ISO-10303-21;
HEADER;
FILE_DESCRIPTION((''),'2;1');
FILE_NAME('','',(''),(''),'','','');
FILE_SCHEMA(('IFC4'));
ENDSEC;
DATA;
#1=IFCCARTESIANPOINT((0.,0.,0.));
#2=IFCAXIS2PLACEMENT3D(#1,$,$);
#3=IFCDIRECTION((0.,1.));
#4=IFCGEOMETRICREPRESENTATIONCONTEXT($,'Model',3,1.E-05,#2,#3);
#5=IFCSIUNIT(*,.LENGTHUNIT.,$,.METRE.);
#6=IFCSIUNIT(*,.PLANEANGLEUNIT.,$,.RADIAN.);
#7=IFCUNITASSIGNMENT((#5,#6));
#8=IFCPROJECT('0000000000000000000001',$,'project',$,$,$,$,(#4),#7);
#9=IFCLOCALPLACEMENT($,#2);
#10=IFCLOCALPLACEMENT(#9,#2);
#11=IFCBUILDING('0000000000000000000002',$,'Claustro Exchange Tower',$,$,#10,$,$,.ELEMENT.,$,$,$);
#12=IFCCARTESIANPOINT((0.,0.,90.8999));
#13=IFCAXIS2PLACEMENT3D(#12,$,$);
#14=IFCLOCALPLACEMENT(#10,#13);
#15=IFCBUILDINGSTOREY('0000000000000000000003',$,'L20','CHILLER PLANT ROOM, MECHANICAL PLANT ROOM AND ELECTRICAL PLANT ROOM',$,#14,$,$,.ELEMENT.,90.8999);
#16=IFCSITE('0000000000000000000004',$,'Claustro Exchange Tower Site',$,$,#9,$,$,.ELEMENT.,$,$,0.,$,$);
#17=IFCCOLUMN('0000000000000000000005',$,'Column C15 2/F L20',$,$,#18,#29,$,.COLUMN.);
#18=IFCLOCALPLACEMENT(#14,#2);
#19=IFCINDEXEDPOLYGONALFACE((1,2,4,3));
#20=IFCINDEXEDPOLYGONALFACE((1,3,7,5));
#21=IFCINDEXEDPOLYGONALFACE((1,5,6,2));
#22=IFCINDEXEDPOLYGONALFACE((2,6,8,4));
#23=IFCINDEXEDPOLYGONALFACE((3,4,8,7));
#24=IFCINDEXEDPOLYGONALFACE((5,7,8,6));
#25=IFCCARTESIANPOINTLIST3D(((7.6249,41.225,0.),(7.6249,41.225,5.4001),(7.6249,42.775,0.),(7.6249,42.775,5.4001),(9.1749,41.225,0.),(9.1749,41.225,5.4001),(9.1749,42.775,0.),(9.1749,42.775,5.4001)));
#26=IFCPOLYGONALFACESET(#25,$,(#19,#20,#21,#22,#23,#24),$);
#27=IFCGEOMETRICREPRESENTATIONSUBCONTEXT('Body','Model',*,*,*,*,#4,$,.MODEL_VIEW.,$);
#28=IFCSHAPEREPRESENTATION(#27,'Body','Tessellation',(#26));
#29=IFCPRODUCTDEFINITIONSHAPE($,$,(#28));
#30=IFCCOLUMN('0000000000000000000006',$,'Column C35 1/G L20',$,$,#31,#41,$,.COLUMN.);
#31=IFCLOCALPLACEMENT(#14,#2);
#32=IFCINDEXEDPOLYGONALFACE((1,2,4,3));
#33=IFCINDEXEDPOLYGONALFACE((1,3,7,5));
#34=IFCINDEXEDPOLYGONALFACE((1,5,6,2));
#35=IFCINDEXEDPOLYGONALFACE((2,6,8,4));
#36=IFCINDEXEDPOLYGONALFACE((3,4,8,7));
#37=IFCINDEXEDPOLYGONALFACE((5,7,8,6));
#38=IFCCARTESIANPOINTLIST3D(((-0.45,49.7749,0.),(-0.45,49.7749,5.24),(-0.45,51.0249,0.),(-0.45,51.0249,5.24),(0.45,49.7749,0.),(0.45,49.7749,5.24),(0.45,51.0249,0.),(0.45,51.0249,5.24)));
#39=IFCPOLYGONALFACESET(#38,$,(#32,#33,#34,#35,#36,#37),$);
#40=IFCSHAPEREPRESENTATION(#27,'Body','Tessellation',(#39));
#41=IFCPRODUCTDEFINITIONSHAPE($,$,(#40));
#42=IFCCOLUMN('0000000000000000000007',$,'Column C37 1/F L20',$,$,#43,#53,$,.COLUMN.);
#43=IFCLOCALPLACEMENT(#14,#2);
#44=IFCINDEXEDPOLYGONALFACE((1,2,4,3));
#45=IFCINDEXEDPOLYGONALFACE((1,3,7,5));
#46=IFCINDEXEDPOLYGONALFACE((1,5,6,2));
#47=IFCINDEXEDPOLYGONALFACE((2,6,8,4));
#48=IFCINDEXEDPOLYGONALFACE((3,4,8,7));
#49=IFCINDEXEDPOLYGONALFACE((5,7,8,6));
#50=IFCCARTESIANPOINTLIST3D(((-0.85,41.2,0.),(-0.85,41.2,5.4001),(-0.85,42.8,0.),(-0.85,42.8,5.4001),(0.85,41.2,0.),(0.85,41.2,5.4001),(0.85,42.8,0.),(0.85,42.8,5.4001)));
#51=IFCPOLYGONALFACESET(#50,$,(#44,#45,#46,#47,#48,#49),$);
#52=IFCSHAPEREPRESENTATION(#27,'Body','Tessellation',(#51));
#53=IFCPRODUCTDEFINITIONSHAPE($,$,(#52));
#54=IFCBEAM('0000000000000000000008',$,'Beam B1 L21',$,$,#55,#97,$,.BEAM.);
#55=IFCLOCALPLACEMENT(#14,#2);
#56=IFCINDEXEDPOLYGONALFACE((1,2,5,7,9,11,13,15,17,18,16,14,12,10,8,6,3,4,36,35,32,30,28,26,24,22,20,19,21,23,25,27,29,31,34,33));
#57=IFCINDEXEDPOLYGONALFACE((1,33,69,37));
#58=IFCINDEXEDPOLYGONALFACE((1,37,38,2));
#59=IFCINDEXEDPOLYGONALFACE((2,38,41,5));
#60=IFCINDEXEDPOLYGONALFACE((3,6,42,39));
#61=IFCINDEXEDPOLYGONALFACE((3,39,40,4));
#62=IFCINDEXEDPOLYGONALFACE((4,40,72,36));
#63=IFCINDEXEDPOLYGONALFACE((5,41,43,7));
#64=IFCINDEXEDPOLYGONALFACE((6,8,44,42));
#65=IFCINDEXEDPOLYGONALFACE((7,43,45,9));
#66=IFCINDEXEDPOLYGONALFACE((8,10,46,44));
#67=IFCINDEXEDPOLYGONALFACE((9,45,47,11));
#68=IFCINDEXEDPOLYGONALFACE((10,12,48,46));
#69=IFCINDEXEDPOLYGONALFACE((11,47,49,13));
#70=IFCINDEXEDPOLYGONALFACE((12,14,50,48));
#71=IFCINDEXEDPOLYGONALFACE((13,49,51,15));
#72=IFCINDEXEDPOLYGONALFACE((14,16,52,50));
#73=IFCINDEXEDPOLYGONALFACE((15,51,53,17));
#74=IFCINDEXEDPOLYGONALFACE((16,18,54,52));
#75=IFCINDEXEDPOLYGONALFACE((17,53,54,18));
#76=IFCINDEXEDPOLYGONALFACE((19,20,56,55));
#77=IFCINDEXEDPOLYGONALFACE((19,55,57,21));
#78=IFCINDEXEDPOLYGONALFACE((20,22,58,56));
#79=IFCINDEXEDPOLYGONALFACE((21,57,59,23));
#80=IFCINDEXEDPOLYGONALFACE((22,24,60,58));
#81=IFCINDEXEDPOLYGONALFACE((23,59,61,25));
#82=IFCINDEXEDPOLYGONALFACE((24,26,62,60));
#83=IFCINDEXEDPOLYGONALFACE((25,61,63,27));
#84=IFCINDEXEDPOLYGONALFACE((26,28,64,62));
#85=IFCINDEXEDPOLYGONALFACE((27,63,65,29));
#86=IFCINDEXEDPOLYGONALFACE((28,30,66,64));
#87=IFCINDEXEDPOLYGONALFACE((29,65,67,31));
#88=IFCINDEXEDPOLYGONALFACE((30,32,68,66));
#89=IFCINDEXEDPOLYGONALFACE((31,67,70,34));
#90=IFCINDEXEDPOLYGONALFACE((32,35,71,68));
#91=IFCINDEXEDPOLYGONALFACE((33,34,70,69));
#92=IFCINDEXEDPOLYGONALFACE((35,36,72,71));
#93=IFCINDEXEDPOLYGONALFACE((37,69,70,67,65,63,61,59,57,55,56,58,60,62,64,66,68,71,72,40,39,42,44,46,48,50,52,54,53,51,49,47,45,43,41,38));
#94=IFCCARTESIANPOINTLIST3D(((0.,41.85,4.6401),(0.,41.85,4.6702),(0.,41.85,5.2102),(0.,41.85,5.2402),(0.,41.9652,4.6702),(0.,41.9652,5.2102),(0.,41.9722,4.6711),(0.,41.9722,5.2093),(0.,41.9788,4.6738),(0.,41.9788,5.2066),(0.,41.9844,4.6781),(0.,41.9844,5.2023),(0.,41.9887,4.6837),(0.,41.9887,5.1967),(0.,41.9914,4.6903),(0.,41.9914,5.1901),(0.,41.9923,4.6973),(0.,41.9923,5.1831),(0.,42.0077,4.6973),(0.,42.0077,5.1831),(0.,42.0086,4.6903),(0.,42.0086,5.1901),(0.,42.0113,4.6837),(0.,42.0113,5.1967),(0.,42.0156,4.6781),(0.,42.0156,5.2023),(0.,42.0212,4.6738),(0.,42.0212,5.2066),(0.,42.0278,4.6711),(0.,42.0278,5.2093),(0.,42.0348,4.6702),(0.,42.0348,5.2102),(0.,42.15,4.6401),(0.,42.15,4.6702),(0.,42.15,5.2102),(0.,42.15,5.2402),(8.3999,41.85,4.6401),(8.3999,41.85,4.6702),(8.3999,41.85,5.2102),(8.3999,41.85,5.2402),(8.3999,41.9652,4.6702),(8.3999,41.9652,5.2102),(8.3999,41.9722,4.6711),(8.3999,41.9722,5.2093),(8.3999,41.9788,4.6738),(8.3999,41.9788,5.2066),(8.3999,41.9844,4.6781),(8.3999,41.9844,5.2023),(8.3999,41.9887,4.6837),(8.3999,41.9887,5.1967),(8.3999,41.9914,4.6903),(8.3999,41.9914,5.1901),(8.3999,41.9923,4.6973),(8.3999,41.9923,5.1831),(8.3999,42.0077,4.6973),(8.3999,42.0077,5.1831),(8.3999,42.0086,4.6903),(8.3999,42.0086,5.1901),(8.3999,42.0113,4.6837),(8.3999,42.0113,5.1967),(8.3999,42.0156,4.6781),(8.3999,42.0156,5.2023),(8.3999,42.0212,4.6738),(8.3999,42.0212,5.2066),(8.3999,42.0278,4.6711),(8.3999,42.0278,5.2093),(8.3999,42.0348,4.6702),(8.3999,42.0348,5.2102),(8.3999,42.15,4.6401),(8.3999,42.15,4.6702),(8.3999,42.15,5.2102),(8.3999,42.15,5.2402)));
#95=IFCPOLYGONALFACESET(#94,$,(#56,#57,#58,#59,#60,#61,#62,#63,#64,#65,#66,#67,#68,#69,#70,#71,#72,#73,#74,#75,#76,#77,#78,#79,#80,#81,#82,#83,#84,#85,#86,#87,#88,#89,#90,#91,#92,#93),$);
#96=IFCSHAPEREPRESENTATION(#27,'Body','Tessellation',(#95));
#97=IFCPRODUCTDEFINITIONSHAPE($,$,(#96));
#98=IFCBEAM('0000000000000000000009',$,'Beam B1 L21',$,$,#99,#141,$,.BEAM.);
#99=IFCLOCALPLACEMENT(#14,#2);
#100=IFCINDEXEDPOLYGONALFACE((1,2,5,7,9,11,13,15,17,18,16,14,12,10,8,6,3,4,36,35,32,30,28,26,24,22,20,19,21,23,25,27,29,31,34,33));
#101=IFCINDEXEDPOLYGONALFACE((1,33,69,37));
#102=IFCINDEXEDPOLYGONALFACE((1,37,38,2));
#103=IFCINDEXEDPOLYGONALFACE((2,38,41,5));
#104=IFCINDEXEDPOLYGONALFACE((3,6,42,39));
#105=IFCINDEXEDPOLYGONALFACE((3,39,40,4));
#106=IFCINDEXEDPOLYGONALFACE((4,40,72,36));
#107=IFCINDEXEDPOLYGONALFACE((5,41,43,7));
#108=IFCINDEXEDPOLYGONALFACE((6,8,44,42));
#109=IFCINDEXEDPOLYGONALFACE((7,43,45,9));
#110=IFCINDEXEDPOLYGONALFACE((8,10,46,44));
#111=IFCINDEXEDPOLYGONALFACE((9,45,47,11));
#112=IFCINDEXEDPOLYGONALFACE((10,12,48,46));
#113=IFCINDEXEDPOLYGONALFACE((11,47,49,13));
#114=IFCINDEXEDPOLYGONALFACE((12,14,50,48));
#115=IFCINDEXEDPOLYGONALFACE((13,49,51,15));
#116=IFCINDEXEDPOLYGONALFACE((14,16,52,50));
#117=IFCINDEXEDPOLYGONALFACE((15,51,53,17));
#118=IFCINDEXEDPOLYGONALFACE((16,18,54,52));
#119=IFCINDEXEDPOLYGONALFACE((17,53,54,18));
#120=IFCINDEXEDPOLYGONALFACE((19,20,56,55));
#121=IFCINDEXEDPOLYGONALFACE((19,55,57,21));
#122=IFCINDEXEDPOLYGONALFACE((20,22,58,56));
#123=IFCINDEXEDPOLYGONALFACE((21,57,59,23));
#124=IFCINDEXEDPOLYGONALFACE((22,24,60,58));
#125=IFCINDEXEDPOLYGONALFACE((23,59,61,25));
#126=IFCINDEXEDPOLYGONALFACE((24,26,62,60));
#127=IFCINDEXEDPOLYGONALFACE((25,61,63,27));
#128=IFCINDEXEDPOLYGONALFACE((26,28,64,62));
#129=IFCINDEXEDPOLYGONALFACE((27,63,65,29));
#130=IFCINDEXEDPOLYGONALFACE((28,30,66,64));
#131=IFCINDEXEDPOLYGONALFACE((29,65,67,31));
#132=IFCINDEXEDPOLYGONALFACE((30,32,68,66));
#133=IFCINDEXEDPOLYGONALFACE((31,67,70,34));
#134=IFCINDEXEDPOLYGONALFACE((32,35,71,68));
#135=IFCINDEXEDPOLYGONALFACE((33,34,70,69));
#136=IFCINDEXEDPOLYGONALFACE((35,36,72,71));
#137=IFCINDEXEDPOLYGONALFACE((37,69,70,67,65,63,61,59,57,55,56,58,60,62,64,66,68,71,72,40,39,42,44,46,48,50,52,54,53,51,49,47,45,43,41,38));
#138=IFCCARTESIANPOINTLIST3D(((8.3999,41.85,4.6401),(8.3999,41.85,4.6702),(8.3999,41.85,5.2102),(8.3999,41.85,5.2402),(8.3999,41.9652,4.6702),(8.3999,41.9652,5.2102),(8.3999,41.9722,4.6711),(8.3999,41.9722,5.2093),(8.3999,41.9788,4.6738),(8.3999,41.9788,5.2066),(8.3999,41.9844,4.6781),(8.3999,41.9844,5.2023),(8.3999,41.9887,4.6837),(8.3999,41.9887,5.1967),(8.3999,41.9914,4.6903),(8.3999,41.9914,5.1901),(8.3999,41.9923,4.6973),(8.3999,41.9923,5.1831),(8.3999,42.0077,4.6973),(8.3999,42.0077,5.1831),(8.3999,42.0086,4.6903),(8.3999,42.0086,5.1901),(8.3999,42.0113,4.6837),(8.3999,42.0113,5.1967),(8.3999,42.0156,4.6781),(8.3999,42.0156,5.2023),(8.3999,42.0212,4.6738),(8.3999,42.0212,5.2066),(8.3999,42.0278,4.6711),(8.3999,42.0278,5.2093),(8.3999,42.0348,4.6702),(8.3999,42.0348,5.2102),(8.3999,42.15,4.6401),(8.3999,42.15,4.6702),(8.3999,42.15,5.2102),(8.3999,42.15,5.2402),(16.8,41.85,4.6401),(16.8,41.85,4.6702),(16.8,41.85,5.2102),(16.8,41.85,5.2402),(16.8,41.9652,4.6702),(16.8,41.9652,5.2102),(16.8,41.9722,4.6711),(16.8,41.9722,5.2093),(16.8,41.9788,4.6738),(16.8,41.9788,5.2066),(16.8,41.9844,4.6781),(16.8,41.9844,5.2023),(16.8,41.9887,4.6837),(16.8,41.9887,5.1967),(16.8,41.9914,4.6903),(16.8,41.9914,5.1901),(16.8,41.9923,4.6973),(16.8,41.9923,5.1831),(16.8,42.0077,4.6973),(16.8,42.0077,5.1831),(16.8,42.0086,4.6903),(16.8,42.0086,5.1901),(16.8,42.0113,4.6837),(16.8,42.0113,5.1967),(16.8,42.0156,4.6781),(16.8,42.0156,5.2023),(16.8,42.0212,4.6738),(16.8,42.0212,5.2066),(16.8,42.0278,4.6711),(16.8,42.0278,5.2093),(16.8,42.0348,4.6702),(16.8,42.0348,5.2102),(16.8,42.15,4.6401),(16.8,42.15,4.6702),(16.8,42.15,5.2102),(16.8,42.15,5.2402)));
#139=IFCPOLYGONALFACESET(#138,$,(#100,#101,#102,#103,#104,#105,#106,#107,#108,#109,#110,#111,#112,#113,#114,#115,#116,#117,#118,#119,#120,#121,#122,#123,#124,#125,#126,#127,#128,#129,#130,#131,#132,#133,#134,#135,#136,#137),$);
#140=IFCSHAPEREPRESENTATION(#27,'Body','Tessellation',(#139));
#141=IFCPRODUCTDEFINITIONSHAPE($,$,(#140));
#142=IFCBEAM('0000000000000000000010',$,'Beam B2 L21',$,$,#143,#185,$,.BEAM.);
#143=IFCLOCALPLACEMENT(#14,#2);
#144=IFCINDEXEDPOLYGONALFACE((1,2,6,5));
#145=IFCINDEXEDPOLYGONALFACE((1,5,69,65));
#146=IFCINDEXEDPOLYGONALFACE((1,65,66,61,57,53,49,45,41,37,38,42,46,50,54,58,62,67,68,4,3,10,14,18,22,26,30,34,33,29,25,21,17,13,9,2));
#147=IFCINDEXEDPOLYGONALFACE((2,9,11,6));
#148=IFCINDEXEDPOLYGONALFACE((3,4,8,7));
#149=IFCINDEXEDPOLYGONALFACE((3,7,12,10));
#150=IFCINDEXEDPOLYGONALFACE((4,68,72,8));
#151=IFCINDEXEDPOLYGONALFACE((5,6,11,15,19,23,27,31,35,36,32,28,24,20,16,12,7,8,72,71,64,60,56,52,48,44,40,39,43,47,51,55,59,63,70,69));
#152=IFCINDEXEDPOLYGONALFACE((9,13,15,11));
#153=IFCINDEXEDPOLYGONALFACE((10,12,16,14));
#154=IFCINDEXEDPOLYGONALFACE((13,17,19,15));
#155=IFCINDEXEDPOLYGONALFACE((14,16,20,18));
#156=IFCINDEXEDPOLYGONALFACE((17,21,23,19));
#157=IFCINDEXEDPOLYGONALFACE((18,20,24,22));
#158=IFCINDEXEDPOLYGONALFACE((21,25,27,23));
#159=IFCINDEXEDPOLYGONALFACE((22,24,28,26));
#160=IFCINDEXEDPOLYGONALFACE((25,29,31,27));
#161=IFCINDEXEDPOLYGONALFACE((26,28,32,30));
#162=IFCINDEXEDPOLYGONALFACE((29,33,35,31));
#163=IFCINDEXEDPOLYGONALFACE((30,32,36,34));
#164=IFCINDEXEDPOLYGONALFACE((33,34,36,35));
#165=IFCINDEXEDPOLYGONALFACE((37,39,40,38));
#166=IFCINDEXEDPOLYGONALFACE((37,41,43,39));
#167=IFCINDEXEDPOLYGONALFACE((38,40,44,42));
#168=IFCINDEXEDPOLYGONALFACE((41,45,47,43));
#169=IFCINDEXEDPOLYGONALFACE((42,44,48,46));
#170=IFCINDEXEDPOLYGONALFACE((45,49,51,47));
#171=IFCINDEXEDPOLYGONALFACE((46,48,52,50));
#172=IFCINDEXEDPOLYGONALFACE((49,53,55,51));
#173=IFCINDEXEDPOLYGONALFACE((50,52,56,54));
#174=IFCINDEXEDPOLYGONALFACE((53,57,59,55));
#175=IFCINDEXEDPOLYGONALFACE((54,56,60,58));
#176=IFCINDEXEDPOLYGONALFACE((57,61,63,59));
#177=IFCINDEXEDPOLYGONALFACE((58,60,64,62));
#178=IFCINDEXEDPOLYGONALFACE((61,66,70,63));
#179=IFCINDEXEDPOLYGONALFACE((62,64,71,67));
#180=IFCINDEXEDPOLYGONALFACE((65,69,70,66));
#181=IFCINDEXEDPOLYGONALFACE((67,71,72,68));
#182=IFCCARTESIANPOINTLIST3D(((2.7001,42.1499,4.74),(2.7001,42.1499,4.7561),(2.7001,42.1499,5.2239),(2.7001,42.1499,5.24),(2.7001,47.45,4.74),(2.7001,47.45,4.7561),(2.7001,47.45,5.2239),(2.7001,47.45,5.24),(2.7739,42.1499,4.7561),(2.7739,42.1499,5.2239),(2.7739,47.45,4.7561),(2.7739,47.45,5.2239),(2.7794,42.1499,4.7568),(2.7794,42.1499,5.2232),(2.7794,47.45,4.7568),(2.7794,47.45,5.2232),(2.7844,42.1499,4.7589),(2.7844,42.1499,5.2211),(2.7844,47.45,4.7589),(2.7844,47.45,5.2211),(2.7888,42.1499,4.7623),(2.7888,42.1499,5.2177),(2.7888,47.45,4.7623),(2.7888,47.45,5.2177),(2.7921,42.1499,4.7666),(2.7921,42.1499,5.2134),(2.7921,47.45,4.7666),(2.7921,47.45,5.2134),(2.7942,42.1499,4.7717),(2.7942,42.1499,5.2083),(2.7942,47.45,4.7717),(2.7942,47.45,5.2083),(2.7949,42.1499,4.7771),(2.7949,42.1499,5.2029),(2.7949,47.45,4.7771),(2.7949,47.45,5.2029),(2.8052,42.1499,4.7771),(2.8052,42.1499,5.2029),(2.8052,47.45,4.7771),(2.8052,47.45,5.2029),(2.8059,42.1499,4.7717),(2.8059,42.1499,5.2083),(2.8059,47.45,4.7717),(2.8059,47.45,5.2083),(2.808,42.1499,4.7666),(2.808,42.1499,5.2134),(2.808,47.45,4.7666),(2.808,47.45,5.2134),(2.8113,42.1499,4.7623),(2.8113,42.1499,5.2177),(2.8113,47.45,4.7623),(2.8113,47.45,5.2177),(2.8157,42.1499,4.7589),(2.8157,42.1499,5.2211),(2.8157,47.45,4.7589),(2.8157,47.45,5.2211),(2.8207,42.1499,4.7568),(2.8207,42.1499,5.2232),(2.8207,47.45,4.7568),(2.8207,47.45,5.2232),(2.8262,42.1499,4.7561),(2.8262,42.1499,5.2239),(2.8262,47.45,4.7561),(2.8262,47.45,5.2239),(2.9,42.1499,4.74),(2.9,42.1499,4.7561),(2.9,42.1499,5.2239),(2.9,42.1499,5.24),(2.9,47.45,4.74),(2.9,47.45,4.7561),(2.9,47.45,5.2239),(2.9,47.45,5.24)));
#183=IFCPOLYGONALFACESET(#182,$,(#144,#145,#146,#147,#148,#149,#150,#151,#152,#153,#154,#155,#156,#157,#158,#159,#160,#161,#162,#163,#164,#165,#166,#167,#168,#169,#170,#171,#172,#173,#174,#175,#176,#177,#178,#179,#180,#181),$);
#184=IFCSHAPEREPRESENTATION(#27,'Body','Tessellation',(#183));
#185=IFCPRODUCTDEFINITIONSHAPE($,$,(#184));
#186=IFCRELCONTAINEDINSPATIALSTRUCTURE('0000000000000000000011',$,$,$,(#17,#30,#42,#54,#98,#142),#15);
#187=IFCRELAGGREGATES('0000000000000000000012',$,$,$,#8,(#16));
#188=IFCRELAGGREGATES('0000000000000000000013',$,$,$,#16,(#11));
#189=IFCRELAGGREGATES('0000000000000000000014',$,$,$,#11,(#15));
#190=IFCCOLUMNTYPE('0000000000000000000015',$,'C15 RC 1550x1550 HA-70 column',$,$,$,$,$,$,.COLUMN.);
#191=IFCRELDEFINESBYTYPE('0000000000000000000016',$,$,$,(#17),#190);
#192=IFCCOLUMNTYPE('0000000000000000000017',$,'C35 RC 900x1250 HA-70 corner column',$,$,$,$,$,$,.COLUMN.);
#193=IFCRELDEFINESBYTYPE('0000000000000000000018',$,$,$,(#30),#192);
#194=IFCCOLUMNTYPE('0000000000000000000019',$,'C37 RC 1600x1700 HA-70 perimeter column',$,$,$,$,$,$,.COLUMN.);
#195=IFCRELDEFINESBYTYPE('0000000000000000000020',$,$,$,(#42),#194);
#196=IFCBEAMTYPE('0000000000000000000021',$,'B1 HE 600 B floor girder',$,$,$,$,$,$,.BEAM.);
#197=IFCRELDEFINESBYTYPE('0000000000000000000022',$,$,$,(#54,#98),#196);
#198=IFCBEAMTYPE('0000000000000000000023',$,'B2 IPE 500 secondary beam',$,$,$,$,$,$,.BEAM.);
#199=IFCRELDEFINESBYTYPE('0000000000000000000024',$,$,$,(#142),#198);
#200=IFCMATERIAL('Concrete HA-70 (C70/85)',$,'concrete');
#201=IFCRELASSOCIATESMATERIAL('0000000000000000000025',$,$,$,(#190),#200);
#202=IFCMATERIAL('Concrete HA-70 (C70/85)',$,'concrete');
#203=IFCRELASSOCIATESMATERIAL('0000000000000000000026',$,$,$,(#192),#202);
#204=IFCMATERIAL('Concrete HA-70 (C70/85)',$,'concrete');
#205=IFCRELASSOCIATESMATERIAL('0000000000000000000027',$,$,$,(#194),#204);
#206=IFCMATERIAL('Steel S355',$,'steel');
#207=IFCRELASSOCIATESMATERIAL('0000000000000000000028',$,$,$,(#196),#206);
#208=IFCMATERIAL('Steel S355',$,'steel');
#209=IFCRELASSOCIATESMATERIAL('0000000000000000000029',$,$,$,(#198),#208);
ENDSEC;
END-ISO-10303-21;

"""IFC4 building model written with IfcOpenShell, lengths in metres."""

from ifc_helpers import new_model, si_unit, direction, frame, origin, origin_2d, place, context, subcontext, project, spatial, rectangle, i_section, extrude, material, material_profile, profile_set, type_object, element, save


model = new_model("IFC4")

# Units and contexts
model_context = context("Model", 3, precision=1e-05, world=origin(), true_north=direction((0.0, 1.0)))
body_context = subcontext(model_context, "Body", "Model", "MODEL_VIEW")
ifc_project = project(units=[si_unit("LENGTHUNIT", "METRE"), si_unit("PLANEANGLEUNIT", "RADIAN")], contexts=[model_context])

# Site, building, storey
site_placement = place(None, origin())
site = spatial("IfcSite", under=ifc_project, at=site_placement, Name="Claustro Exchange Tower Site", CompositionType="ELEMENT", RefElevation=0.0)
building_placement = place(site_placement, origin())
building = spatial("IfcBuilding", under=site, at=building_placement, Name="Claustro Exchange Tower", CompositionType="ELEMENT")
storey_placement = place(building_placement, frame((0.0, 0.0, 90.8999)))
storey = spatial("IfcBuildingStorey", under=building, at=storey_placement, Name="L20", Description="CHILLER PLANT ROOM, MECHANICAL PLANT ROOM AND ELECTRICAL PLANT ROOM", CompositionType="ELEMENT", Elevation=90.8999)

# Columns
ifc_material_1 = material(Name="Concrete HA-70 (C70/85)", Category="concrete")
ifc_material_profile_1 = material_profile(ifc_material_1, rectangle(XDim=1.55, YDim=1.55, at=origin_2d()), Name="RC 1550x1550")
ifc_profile_set_1 = profile_set([ifc_material_profile_1], Name="Concrete HA-70 (C70/85)")
column_type_1 = type_object("IfcColumnType", Name="C15 RC 1550x1550 HA-70 column", PredefinedType="COLUMN", material=ifc_profile_set_1)
column_1_placement = place(storey_placement, frame((8.3999, 42.0, 0.0), z_axis=(0.0, 0.0, 1.0), x_axis=(1.0, 0.0, 0.0)))
element("IfcColumn", 1, at=column_1_placement, inside=storey, type_object=column_type_1, Name="Column C15 2/F L20", PredefinedType="COLUMN", context=body_context, shape_type="SweptSolid", body=[
    extrude(rectangle(XDim=1.55, YDim=1.55, at=origin_2d()), origin(), (0.0, 0.0, 1.0), 5.4001),
])
ifc_material_2 = material(Name="Concrete HA-70 (C70/85)", Category="concrete")
ifc_material_profile_2 = material_profile(ifc_material_2, rectangle(XDim=0.8999, YDim=1.25, at=origin_2d()), Name="RC 900x1250")
ifc_profile_set_2 = profile_set([ifc_material_profile_2], Name="Concrete HA-70 (C70/85)")
column_type_2 = type_object("IfcColumnType", Name="C35 RC 900x1250 HA-70 corner column", PredefinedType="COLUMN", material=ifc_profile_set_2)
column_2_placement = place(storey_placement, frame((0.0, 50.3999, 0.0), z_axis=(0.0, 0.0, 1.0), x_axis=(1.0, 0.0, 0.0)))
element("IfcColumn", 2, at=column_2_placement, inside=storey, type_object=column_type_2, Name="Column C35 1/G L20", PredefinedType="COLUMN", context=body_context, shape_type="SweptSolid", body=[
    extrude(rectangle(XDim=0.8999, YDim=1.25, at=origin_2d()), origin(), (0.0, 0.0, 1.0), 5.24),
])
ifc_material_3 = material(Name="Concrete HA-70 (C70/85)", Category="concrete")
ifc_material_profile_3 = material_profile(ifc_material_3, rectangle(XDim=1.6001, YDim=1.7, at=origin_2d()), Name="RC 1600x1700")
ifc_profile_set_3 = profile_set([ifc_material_profile_3], Name="Concrete HA-70 (C70/85)")
column_type_3 = type_object("IfcColumnType", Name="C37 RC 1600x1700 HA-70 perimeter column", PredefinedType="COLUMN", material=ifc_profile_set_3)
column_3_placement = place(storey_placement, frame((0.0, 42.0, 0.0), z_axis=(0.0, 0.0, 1.0), x_axis=(0.0, 1.0, 0.0)))
element("IfcColumn", 3, at=column_3_placement, inside=storey, type_object=column_type_3, Name="Column C37 1/F L20", PredefinedType="COLUMN", context=body_context, shape_type="SweptSolid", body=[
    extrude(rectangle(XDim=1.6001, YDim=1.7, at=origin_2d()), origin(), (0.0, 0.0, 1.0), 5.4001),
])

# Beams
ifc_material_4 = material(Name="Steel S355", Category="steel")
ifc_material_profile_4 = material_profile(ifc_material_4, i_section(OverallWidth=0.3, OverallDepth=0.6001, WebThickness=0.0154, FlangeThickness=0.03, FilletRadius=0.0271, at=origin_2d()), Name="HE 600 B")
ifc_profile_set_4 = profile_set([ifc_material_profile_4], Name="Steel S355")
beam_type_1 = type_object("IfcBeamType", Name="B1 HE 600 B floor girder", PredefinedType="BEAM", material=ifc_profile_set_4)
beam_1_placement = place(storey_placement, frame((0.0, 42.0, 4.9402), z_axis=(1.0, 0.0, 0.0), x_axis=(0.0, 1.0, 0.0)))
element("IfcBeam", 4, at=beam_1_placement, inside=storey, type_object=beam_type_1, Name="Beam B1 L21", PredefinedType="BEAM", context=body_context, shape_type="SweptSolid", body=[
    extrude(i_section(OverallWidth=0.3, OverallDepth=0.6001, WebThickness=0.0154, FlangeThickness=0.03, FilletRadius=0.0271, at=origin_2d()), origin(), (0.0, 0.0, 1.0), 8.3999),
])
beam_2_placement = place(storey_placement, frame((8.3999, 42.0, 4.9402), z_axis=(1.0, 0.0, 0.0), x_axis=(0.0, 1.0, 0.0)))
element("IfcBeam", 5, at=beam_2_placement, inside=storey, type_object=beam_type_1, Name="Beam B1 L21", PredefinedType="BEAM", context=body_context, shape_type="SweptSolid", body=[
    extrude(i_section(OverallWidth=0.3, OverallDepth=0.6001, WebThickness=0.0154, FlangeThickness=0.03, FilletRadius=0.0271, at=origin_2d()), origin(), (0.0, 0.0, 1.0), 8.4001),
])
ifc_material_5 = material(Name="Steel S355", Category="steel")
ifc_material_profile_5 = material_profile(ifc_material_5, i_section(OverallWidth=0.2, OverallDepth=0.5, WebThickness=0.0103, FlangeThickness=0.0161, FilletRadius=0.021, at=origin_2d()), Name="IPE 500")
ifc_profile_set_5 = profile_set([ifc_material_profile_5], Name="Steel S355")
beam_type_2 = type_object("IfcBeamType", Name="B2 IPE 500 secondary beam", PredefinedType="BEAM", material=ifc_profile_set_5)
for number, where, z_axis, x_axis, name in (
    (6, (2.8, 42.1499, 4.99), (0.0, 1.0, 0.0), (-1.0, 0.0, 0.0), "Beam B2 L21"),
):
    element("IfcBeam", number, at=place(storey_placement, frame(where, z_axis=z_axis, x_axis=x_axis)), inside=storey, type_object=beam_type_2, Name=name, PredefinedType="BEAM", context=body_context, shape_type="SweptSolid", body=[
        extrude(i_section(OverallWidth=0.2, OverallDepth=0.5, WebThickness=0.0103, FlangeThickness=0.0161, FilletRadius=0.021, at=origin_2d()), origin(), (0.0, 0.0, 1.0), 5.3),
    ])

save(model, "model.ifc")
